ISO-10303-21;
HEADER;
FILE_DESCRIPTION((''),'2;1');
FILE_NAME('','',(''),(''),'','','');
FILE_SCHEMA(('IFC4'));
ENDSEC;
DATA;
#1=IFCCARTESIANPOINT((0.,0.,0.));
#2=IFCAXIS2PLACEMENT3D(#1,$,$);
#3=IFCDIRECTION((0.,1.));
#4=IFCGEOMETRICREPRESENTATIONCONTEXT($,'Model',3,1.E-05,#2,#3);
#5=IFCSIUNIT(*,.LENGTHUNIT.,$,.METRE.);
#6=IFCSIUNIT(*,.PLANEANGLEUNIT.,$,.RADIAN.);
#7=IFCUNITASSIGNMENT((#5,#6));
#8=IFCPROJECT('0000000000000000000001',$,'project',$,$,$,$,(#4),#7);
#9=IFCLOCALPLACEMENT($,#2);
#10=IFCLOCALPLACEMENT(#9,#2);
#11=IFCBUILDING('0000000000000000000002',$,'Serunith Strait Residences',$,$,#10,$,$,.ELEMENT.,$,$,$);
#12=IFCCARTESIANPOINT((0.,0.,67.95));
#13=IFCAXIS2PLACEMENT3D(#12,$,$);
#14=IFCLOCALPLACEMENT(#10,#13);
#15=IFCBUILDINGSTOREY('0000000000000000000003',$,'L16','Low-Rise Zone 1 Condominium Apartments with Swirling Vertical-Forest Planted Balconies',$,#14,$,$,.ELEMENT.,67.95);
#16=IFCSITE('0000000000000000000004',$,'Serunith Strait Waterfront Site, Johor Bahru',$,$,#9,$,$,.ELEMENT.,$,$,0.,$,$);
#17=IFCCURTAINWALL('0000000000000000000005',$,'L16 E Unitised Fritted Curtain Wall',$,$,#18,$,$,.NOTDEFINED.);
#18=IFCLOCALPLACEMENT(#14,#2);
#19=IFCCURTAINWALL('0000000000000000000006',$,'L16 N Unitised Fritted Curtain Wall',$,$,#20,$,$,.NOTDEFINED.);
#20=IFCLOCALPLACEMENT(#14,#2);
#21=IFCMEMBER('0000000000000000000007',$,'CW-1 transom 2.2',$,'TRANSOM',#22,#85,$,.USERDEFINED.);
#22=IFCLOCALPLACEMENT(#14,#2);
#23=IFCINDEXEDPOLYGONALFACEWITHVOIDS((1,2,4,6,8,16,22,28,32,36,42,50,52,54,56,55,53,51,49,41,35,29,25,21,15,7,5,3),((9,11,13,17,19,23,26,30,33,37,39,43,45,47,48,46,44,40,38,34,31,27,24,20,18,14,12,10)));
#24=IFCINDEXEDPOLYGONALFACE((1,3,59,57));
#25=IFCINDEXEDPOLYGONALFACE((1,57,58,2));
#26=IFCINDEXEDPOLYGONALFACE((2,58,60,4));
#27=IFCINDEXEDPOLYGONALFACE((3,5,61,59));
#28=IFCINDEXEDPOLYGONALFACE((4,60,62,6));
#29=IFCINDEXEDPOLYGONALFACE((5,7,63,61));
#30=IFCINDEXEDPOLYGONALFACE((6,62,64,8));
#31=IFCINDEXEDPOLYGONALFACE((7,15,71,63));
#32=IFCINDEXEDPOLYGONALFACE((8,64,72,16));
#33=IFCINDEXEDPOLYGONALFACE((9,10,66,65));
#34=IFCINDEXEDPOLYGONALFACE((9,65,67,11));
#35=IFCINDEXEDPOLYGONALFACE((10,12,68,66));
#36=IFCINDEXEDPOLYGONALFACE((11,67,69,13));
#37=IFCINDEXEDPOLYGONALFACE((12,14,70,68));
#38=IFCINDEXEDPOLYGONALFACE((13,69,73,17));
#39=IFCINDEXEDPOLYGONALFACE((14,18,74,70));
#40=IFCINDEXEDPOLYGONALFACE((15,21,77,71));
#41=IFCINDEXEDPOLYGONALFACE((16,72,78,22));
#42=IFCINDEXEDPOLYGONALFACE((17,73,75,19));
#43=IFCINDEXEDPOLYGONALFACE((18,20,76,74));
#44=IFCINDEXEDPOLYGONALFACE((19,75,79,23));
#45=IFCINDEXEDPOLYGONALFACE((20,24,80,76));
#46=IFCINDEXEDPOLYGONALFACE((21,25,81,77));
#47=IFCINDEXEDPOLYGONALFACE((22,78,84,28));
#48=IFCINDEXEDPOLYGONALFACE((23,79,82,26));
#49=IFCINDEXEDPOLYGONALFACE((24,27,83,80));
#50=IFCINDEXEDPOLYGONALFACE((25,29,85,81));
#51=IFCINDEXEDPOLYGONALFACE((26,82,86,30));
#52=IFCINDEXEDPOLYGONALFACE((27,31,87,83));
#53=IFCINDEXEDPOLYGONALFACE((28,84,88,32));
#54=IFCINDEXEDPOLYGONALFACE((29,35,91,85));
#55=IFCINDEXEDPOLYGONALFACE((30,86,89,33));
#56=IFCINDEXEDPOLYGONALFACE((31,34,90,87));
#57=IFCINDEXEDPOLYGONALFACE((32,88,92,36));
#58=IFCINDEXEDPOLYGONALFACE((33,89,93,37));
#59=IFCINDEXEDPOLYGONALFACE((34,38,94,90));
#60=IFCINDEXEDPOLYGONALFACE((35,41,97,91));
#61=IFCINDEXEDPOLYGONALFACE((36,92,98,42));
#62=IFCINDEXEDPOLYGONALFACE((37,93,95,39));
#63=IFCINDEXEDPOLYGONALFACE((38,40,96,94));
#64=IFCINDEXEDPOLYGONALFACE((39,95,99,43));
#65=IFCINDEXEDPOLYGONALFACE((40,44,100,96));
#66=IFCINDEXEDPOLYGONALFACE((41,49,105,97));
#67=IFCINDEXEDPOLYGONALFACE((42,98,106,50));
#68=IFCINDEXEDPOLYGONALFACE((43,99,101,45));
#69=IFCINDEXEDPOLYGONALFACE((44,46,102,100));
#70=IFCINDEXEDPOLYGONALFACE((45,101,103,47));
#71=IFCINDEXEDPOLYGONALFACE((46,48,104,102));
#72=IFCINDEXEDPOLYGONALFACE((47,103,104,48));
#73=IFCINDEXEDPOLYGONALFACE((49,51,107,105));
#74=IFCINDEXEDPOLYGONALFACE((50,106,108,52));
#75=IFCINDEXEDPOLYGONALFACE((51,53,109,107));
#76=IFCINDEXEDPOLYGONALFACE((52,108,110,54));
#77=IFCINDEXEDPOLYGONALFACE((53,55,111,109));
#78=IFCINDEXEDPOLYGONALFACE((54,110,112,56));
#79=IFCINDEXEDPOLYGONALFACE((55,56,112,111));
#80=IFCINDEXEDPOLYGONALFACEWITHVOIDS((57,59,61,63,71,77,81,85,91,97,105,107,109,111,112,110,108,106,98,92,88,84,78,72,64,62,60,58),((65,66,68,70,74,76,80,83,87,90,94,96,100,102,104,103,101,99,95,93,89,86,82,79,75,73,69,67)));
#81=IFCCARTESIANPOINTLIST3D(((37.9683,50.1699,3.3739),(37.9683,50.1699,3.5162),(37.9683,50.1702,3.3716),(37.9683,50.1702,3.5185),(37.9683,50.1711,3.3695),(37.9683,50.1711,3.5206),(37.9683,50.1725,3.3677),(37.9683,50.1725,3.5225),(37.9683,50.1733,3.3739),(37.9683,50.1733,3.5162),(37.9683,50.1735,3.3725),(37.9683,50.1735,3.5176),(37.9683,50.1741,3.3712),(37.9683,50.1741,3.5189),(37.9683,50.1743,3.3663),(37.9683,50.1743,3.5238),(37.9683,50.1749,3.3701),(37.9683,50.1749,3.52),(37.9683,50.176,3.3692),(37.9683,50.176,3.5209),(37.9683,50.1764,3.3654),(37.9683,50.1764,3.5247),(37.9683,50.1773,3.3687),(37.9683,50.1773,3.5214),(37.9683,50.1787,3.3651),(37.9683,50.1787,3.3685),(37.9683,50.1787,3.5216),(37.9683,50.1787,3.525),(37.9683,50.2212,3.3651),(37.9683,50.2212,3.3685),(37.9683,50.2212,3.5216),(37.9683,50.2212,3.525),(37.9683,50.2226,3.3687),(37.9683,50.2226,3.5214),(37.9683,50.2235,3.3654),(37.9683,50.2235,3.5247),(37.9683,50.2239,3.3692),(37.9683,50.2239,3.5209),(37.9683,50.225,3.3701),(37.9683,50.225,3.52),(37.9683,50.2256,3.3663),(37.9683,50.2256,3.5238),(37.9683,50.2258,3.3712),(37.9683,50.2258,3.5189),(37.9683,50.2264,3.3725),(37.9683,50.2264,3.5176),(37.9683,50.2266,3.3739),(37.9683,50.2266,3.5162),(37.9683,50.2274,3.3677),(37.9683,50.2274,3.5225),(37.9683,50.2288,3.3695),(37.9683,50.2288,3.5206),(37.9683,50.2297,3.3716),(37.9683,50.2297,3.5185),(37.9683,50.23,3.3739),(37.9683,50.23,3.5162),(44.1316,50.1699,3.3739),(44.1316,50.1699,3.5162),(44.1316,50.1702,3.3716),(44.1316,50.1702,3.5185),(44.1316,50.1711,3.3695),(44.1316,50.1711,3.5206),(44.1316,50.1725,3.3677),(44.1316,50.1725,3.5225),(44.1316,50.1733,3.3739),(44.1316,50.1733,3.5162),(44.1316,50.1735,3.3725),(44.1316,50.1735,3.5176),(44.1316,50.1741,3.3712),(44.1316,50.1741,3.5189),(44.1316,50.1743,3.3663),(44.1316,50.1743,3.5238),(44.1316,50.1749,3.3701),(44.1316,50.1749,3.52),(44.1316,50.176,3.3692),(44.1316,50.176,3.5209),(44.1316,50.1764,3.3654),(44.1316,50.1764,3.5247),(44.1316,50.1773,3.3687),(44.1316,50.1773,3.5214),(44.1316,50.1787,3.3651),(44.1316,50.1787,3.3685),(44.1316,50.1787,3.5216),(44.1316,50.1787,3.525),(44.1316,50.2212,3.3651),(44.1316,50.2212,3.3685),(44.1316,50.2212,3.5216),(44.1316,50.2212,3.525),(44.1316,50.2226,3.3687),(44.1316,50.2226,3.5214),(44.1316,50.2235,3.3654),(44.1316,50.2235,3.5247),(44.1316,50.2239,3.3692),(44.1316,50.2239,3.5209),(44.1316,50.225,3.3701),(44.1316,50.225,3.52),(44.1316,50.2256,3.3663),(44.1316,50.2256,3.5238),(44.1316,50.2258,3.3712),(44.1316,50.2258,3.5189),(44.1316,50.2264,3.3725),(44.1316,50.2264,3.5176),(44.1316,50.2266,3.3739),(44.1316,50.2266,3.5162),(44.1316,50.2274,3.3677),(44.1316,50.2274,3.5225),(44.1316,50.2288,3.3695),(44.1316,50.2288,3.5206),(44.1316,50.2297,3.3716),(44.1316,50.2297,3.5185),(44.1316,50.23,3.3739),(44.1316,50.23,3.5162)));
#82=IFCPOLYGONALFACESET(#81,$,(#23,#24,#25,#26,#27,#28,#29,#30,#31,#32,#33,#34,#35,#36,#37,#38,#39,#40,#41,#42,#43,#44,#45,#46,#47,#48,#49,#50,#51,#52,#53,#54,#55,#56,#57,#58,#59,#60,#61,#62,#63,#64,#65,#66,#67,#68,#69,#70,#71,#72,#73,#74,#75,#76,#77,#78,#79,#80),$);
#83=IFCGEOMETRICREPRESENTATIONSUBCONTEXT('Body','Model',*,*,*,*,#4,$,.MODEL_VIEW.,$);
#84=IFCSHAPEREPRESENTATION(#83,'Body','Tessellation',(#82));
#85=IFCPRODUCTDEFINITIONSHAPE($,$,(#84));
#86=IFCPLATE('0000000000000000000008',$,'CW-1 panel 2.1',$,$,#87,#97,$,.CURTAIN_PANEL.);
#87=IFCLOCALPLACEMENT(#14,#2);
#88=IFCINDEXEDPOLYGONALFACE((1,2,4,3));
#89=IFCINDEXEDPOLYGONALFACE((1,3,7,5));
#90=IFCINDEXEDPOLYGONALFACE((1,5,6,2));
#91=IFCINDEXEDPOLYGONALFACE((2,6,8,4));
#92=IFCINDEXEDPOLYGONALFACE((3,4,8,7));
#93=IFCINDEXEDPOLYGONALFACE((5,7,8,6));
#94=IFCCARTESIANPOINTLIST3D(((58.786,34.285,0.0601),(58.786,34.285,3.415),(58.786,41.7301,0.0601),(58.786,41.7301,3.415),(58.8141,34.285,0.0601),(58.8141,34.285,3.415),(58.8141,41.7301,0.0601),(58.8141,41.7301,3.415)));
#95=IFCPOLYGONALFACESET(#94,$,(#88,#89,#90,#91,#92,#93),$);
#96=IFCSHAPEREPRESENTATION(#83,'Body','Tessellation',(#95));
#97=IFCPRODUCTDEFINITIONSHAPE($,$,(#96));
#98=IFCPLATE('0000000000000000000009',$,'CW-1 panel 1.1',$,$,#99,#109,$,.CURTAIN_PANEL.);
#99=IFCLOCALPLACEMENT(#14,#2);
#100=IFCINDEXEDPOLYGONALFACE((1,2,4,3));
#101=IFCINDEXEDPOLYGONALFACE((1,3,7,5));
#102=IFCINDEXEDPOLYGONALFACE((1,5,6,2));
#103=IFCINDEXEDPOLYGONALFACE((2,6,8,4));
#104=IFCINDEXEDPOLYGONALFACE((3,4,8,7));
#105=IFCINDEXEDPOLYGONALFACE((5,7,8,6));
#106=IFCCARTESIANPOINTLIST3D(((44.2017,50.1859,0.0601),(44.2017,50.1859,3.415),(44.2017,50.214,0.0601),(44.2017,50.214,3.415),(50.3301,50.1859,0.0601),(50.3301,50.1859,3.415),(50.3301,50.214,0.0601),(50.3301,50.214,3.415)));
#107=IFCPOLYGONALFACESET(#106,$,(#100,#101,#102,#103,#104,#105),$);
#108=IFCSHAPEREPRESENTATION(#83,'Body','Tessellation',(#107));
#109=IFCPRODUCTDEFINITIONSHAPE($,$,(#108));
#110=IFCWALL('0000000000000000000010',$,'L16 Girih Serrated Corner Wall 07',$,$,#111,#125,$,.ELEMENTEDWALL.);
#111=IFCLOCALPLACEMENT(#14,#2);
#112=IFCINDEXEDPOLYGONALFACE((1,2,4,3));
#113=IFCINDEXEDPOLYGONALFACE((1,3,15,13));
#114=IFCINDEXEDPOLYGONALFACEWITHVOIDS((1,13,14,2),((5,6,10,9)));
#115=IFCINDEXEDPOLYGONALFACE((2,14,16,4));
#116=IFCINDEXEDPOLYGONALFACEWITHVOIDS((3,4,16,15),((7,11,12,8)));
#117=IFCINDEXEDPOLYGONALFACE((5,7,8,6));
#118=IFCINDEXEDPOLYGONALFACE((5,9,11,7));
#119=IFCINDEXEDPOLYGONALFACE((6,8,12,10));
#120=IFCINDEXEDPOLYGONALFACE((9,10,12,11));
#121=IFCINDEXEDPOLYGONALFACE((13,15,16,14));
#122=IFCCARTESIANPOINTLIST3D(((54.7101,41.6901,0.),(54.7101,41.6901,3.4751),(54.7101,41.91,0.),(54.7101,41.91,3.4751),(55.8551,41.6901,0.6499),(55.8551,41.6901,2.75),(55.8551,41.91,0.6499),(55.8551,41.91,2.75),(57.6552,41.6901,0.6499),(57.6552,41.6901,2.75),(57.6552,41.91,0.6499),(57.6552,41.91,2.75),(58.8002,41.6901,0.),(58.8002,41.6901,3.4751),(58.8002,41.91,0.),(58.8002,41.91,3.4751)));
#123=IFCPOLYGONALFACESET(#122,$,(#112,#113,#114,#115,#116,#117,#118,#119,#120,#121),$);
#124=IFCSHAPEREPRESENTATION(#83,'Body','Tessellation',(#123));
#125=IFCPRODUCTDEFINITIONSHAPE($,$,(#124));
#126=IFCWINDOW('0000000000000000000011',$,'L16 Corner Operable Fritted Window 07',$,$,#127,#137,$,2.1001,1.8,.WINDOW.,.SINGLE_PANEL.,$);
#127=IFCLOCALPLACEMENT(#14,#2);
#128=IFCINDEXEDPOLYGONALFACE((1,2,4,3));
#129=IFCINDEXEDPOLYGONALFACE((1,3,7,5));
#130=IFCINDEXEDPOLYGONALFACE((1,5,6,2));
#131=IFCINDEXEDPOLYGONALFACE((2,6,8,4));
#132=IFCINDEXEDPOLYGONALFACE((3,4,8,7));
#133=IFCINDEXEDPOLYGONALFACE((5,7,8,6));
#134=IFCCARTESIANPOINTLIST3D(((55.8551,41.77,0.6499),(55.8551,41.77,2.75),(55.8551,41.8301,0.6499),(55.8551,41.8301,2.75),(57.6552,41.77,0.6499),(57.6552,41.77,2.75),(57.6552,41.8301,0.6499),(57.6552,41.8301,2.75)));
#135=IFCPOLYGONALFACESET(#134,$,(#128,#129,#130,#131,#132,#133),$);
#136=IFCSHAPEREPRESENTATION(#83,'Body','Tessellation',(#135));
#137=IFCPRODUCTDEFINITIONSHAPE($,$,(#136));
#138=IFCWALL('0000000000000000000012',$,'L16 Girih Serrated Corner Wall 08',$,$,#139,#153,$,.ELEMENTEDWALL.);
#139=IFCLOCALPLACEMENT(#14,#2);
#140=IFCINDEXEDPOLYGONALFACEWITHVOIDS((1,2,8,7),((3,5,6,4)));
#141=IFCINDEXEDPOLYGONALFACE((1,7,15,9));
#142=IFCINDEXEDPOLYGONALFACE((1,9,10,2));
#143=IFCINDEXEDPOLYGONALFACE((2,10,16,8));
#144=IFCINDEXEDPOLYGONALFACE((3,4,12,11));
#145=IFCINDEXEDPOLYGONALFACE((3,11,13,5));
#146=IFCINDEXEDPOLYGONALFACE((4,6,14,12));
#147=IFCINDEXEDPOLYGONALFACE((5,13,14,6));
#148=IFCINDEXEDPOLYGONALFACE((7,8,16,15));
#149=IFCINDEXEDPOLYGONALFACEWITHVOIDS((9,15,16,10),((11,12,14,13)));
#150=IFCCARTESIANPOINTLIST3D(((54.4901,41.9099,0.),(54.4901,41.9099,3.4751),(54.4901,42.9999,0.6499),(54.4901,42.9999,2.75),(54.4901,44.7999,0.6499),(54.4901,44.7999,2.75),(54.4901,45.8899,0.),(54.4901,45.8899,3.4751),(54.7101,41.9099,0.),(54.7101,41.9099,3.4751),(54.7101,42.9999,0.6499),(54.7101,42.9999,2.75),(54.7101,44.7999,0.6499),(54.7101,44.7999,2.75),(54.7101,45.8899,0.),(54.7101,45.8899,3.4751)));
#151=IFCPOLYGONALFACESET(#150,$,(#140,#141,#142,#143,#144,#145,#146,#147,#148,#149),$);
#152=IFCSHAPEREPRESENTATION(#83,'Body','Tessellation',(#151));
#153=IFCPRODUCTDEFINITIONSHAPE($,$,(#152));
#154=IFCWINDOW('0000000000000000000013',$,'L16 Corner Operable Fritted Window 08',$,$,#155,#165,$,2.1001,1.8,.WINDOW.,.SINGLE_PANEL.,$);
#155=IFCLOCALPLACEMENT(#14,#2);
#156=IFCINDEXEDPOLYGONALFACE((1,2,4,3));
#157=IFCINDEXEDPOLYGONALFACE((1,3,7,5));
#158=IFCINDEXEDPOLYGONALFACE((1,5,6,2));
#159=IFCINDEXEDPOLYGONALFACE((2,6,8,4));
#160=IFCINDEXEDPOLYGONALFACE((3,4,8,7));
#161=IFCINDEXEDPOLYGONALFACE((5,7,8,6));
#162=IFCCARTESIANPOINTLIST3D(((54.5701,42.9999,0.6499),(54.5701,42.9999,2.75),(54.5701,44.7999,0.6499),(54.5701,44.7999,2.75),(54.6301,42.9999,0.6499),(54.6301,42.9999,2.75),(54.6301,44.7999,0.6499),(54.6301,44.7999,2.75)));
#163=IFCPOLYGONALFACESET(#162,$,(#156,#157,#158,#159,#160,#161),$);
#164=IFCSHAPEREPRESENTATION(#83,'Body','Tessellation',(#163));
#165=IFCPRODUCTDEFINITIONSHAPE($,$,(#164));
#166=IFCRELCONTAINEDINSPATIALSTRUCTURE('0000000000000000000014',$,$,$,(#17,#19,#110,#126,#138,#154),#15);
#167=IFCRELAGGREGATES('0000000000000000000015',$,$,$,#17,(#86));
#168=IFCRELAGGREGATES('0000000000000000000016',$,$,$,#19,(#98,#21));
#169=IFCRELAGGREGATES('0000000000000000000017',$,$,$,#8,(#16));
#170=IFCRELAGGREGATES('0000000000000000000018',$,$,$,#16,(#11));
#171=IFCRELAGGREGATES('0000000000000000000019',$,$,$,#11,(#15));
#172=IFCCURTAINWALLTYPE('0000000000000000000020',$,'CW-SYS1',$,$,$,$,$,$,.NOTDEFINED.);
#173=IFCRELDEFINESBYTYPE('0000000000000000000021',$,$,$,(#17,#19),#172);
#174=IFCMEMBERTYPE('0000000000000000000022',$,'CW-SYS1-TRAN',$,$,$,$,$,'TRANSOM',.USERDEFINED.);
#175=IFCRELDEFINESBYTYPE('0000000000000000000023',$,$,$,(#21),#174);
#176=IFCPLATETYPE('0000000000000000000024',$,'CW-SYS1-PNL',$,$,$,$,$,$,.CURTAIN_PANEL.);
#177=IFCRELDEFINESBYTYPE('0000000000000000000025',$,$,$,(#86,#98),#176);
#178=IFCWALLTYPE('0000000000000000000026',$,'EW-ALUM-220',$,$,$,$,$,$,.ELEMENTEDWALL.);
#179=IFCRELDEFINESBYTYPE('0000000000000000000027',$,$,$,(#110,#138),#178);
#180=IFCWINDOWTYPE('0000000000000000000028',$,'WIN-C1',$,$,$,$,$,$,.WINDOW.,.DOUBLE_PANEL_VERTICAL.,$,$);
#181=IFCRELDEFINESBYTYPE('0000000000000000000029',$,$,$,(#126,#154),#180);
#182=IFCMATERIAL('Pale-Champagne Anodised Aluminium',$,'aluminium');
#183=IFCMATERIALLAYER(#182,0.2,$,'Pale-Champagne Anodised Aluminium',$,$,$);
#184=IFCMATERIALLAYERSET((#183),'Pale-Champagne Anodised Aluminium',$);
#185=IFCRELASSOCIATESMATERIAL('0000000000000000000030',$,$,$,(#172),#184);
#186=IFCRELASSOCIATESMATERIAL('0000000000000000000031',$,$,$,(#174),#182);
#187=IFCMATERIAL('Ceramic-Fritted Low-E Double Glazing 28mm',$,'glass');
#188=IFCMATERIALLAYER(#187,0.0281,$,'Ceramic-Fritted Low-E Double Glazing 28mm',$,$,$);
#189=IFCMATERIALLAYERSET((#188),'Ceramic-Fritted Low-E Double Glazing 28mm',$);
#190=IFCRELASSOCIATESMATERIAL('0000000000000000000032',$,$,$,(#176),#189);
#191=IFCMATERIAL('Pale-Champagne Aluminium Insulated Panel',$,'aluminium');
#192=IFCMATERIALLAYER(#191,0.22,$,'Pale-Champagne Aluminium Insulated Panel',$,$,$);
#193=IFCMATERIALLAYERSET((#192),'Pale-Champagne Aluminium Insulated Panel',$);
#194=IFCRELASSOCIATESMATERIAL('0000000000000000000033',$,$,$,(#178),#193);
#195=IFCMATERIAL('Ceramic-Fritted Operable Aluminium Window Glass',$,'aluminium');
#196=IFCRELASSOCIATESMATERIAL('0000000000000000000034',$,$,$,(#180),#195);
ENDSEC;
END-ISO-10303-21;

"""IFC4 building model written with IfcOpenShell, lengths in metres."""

from ifc_helpers import new_model, si_unit, direction, frame, frame_2d, origin, origin_2d, place, context, subcontext, project, spatial, rectangle, hollow_rectangle, extrude, source, transform, mapped, material, layer, layer_set, material_profile, profile_set, type_object, element, fill, aggregate, save


model = new_model("IFC4")

# Units and contexts
model_context = context("Model", 3, precision=1e-05, world=origin(), true_north=direction((0.0, 1.0)))
body_context = subcontext(model_context, "Body", "Model", "MODEL_VIEW")
ifc_project = project(units=[si_unit("LENGTHUNIT", "METRE"), si_unit("PLANEANGLEUNIT", "RADIAN")], contexts=[model_context])

# Site, building, storey
site_placement = place(None, origin())
site = spatial("IfcSite", under=ifc_project, at=site_placement, Name="Serunith Strait Waterfront Site, Johor Bahru", CompositionType="ELEMENT", RefElevation=0.0)
building_placement = place(site_placement, origin())
building = spatial("IfcBuilding", under=site, at=building_placement, Name="Serunith Strait Residences", CompositionType="ELEMENT")
storey_placement = place(building_placement, frame((0.0, 0.0, 67.95)))
storey = spatial("IfcBuildingStorey", under=building, at=storey_placement, Name="L16", Description="Low-Rise Zone 1 Condominium Apartments with Swirling Vertical-Forest Planted Balconies", CompositionType="ELEMENT", Elevation=67.95)

# Curtain wall
ifc_material_1 = material(Name="Pale-Champagne Anodised Aluminium", Category="aluminium")
ifc_layer_1 = layer(ifc_material_1, 0.2, Name="Pale-Champagne Anodised Aluminium")
ifc_layer_set_1 = layer_set([ifc_layer_1], Name="Pale-Champagne Anodised Aluminium")
curtain_wall_type = type_object("IfcCurtainWallType", Name="CW-SYS1", PredefinedType="NOTDEFINED", material=ifc_layer_set_1)
curtain_wall_1_placement = place(storey_placement, origin())
curtain_wall_1 = element("IfcCurtainWall", 1, at=curtain_wall_1_placement, inside=storey, type_object=curtain_wall_type, Name="L16 E Unitised Fritted Curtain Wall", PredefinedType="NOTDEFINED")

# Curtain wall, member
curtain_wall_2_placement = place(storey_placement, origin())
curtain_wall_2 = element("IfcCurtainWall", 2, at=curtain_wall_2_placement, inside=storey, type_object=curtain_wall_type, Name="L16 N Unitised Fritted Curtain Wall", PredefinedType="NOTDEFINED")
ifc_material_profile_1 = material_profile(ifc_material_1, hollow_rectangle(XDim=0.0601, YDim=0.1599, WallThickness=0.0034, InnerFilletRadius=0.0054, OuterFilletRadius=0.0088, at=origin_2d()), Name="ALU 160x60x3.5")
ifc_profile_set_1 = profile_set([ifc_material_profile_1], Name="Pale-Champagne Anodised Aluminium")
member_type_1 = type_object("IfcMemberType", Name="CW-SYS1-TRAN", ElementType="TRANSOM", PredefinedType="USERDEFINED", material=ifc_profile_set_1)
shared_shape_1 = source(origin(), body_context, "Body", "SweptSolid", [
    extrude(hollow_rectangle(XDim=0.0601, YDim=0.1599, WallThickness=0.0034, InnerFilletRadius=0.0054, OuterFilletRadius=0.0088, at=origin_2d()), origin(), (0.0, 0.0, 1.0), 6.1633),
])
member_1_placement = place(storey_placement, frame((44.1316, 50.2, 3.4451), z_axis=(-1.0, 0.0, 0.0), x_axis=(0.0, -1.0, 0.0)))
member_1 = element("IfcMember", 3, at=member_1_placement, type_object=member_type_1, Name="CW-1 transom 2.2", ObjectType="TRANSOM", PredefinedType="USERDEFINED", context=body_context, shape_type="MappedRepresentation", body=[
    mapped(shared_shape_1, transform((0.0, 0.0, 0.0), scale=1.0)),
])

# Plates
ifc_material_2 = material(Name="Ceramic-Fritted Low-E Double Glazing 28mm", Category="glass")
ifc_layer_2 = layer(ifc_material_2, 0.0281, Name="Ceramic-Fritted Low-E Double Glazing 28mm")
ifc_layer_set_2 = layer_set([ifc_layer_2], Name="Ceramic-Fritted Low-E Double Glazing 28mm")
plate_type = type_object("IfcPlateType", Name="CW-SYS1-PNL", PredefinedType="CURTAIN_PANEL", material=ifc_layer_set_2)
shared_shape_2 = source(origin(), body_context, "Body", "SweptSolid", [
    extrude(rectangle(XDim=7.4451, YDim=0.0281, at=origin_2d()), origin(), (0.0, 0.0, 1.0), 3.355),
])
plate_1_placement = place(storey_placement, frame((58.8, 38.0076, 0.0601), z_axis=(0.0, 0.0, 1.0), x_axis=(0.0, 1.0, 0.0)))
plate_1 = element("IfcPlate", 4, at=plate_1_placement, type_object=plate_type, Name="CW-1 panel 2.1", PredefinedType="CURTAIN_PANEL", context=body_context, shape_type="MappedRepresentation", body=[
    mapped(shared_shape_2, transform((0.0, 0.0, 0.0), scale=1.0)),
])
aggregate(curtain_wall_1, [plate_1])
shared_shape_3 = source(origin(), body_context, "Body", "SweptSolid", [
    extrude(rectangle(XDim=6.1284, YDim=0.0281, at=origin_2d()), origin(), (0.0, 0.0, 1.0), 3.355),
])
plate_2_placement = place(storey_placement, frame((47.2659, 50.2, 0.0601), z_axis=(0.0, 0.0, 1.0), x_axis=(-1.0, 0.0, 0.0)))
plate_2 = element("IfcPlate", 5, at=plate_2_placement, type_object=plate_type, Name="CW-1 panel 1.1", PredefinedType="CURTAIN_PANEL", context=body_context, shape_type="MappedRepresentation", body=[
    mapped(shared_shape_3, transform((0.0, 0.0, 0.0), scale=1.0)),
])
aggregate(curtain_wall_2, [plate_2, member_1])

# Walls, openings, windows
ifc_material_3 = material(Name="Pale-Champagne Aluminium Insulated Panel", Category="aluminium")
ifc_layer_3 = layer(ifc_material_3, 0.22, Name="Pale-Champagne Aluminium Insulated Panel")
ifc_layer_set_3 = layer_set([ifc_layer_3], Name="Pale-Champagne Aluminium Insulated Panel")
wall_type_1 = type_object("IfcWallType", Name="EW-ALUM-220", PredefinedType="ELEMENTEDWALL", material=ifc_layer_set_3)
wall_1_placement = place(storey_placement, frame((58.8, 41.8, 0.0), z_axis=(0.0, 0.0, 1.0), x_axis=(-1.0, 0.0, 0.0)))
wall_1 = element("IfcWall", 6, at=wall_1_placement, inside=storey, type_object=wall_type_1, Name="L16 Girih Serrated Corner Wall 07", PredefinedType="ELEMENTEDWALL", context=body_context, shape_type="SweptSolid", body=[
    extrude(rectangle(XDim=4.0901, YDim=0.22, at=frame_2d((2.0449, 0.0))), origin(), (0.0, 0.0, 1.0), 3.4751),
])
opening_1_placement = place(wall_1_placement, frame((1.145, 0.0, 0.6499)))
opening_1 = element("IfcOpeningElement", 7, at=opening_1_placement, cuts=wall_1, PredefinedType="OPENING", context=body_context, shape_type="SweptSolid", body=[
    extrude(rectangle(XDim=1.8, YDim=2.1001, at=frame_2d((0.8999, 1.05))), frame((0.0, 0.1201, 0.0), z_axis=(0.0, -1.0, 0.0), x_axis=(1.0, 0.0, 0.0)), (0.0, 0.0, 1.0), 0.24),
])
ifc_material_4 = material(Name="Ceramic-Fritted Operable Aluminium Window Glass", Category="aluminium")
window_type = type_object("IfcWindowType", Name="WIN-C1", PartitioningType="DOUBLE_PANEL_VERTICAL", PredefinedType="WINDOW", material=ifc_material_4)
shared_shape_4 = source(origin(), body_context, "Body", "SweptSolid", [
    extrude(rectangle(XDim=1.8, YDim=2.1001, at=frame_2d((0.8999, 1.05))), frame((0.0, 0.03, 0.0), z_axis=(0.0, -1.0, 0.0), x_axis=(1.0, 0.0, 0.0)), (0.0, 0.0, 1.0), 0.0601),
])
window_1_placement = place(opening_1_placement, origin())
window_1 = element("IfcWindow", 8, at=window_1_placement, inside=storey, type_object=window_type, Name="L16 Corner Operable Fritted Window 07", OverallHeight=2.1001, OverallWidth=1.8, PartitioningType="SINGLE_PANEL", PredefinedType="WINDOW", context=body_context, shape_type="MappedRepresentation", body=[
    mapped(shared_shape_4, transform((0.0, 0.0, 0.0), scale=1.0)),
])
fill(opening_1, window_1)
wall_2_placement = place(storey_placement, frame((54.6001, 41.9099, 0.0), z_axis=(0.0, 0.0, 1.0), x_axis=(0.0, 1.0, 0.0)))
wall_2 = element("IfcWall", 9, at=wall_2_placement, inside=storey, type_object=wall_type_1, Name="L16 Girih Serrated Corner Wall 08", PredefinedType="ELEMENTEDWALL", context=body_context, shape_type="SweptSolid", body=[
    extrude(rectangle(XDim=3.98, YDim=0.22, at=frame_2d((1.99, 0.0))), origin(), (0.0, 0.0, 1.0), 3.4751),
])
opening_2_placement = place(wall_2_placement, frame((1.0901, 0.0, 0.6499)))
opening_2 = element("IfcOpeningElement", 10, at=opening_2_placement, cuts=wall_2, PredefinedType="OPENING", context=body_context, shape_type="SweptSolid", body=[
    extrude(rectangle(XDim=1.8, YDim=2.1001, at=frame_2d((0.8999, 1.05))), frame((0.0, 0.1201, 0.0), z_axis=(0.0, -1.0, 0.0), x_axis=(1.0, 0.0, 0.0)), (0.0, 0.0, 1.0), 0.24),
])
window_2_placement = place(opening_2_placement, origin())
window_2 = element("IfcWindow", 11, at=window_2_placement, inside=storey, type_object=window_type, Name="L16 Corner Operable Fritted Window 08", OverallHeight=2.1001, OverallWidth=1.8, PartitioningType="SINGLE_PANEL", PredefinedType="WINDOW", context=body_context, shape_type="MappedRepresentation", body=[
    mapped(shared_shape_4, transform((0.0, 0.0, 0.0), scale=1.0)),
])
fill(opening_2, window_2)

save(model, "model.ifc")
